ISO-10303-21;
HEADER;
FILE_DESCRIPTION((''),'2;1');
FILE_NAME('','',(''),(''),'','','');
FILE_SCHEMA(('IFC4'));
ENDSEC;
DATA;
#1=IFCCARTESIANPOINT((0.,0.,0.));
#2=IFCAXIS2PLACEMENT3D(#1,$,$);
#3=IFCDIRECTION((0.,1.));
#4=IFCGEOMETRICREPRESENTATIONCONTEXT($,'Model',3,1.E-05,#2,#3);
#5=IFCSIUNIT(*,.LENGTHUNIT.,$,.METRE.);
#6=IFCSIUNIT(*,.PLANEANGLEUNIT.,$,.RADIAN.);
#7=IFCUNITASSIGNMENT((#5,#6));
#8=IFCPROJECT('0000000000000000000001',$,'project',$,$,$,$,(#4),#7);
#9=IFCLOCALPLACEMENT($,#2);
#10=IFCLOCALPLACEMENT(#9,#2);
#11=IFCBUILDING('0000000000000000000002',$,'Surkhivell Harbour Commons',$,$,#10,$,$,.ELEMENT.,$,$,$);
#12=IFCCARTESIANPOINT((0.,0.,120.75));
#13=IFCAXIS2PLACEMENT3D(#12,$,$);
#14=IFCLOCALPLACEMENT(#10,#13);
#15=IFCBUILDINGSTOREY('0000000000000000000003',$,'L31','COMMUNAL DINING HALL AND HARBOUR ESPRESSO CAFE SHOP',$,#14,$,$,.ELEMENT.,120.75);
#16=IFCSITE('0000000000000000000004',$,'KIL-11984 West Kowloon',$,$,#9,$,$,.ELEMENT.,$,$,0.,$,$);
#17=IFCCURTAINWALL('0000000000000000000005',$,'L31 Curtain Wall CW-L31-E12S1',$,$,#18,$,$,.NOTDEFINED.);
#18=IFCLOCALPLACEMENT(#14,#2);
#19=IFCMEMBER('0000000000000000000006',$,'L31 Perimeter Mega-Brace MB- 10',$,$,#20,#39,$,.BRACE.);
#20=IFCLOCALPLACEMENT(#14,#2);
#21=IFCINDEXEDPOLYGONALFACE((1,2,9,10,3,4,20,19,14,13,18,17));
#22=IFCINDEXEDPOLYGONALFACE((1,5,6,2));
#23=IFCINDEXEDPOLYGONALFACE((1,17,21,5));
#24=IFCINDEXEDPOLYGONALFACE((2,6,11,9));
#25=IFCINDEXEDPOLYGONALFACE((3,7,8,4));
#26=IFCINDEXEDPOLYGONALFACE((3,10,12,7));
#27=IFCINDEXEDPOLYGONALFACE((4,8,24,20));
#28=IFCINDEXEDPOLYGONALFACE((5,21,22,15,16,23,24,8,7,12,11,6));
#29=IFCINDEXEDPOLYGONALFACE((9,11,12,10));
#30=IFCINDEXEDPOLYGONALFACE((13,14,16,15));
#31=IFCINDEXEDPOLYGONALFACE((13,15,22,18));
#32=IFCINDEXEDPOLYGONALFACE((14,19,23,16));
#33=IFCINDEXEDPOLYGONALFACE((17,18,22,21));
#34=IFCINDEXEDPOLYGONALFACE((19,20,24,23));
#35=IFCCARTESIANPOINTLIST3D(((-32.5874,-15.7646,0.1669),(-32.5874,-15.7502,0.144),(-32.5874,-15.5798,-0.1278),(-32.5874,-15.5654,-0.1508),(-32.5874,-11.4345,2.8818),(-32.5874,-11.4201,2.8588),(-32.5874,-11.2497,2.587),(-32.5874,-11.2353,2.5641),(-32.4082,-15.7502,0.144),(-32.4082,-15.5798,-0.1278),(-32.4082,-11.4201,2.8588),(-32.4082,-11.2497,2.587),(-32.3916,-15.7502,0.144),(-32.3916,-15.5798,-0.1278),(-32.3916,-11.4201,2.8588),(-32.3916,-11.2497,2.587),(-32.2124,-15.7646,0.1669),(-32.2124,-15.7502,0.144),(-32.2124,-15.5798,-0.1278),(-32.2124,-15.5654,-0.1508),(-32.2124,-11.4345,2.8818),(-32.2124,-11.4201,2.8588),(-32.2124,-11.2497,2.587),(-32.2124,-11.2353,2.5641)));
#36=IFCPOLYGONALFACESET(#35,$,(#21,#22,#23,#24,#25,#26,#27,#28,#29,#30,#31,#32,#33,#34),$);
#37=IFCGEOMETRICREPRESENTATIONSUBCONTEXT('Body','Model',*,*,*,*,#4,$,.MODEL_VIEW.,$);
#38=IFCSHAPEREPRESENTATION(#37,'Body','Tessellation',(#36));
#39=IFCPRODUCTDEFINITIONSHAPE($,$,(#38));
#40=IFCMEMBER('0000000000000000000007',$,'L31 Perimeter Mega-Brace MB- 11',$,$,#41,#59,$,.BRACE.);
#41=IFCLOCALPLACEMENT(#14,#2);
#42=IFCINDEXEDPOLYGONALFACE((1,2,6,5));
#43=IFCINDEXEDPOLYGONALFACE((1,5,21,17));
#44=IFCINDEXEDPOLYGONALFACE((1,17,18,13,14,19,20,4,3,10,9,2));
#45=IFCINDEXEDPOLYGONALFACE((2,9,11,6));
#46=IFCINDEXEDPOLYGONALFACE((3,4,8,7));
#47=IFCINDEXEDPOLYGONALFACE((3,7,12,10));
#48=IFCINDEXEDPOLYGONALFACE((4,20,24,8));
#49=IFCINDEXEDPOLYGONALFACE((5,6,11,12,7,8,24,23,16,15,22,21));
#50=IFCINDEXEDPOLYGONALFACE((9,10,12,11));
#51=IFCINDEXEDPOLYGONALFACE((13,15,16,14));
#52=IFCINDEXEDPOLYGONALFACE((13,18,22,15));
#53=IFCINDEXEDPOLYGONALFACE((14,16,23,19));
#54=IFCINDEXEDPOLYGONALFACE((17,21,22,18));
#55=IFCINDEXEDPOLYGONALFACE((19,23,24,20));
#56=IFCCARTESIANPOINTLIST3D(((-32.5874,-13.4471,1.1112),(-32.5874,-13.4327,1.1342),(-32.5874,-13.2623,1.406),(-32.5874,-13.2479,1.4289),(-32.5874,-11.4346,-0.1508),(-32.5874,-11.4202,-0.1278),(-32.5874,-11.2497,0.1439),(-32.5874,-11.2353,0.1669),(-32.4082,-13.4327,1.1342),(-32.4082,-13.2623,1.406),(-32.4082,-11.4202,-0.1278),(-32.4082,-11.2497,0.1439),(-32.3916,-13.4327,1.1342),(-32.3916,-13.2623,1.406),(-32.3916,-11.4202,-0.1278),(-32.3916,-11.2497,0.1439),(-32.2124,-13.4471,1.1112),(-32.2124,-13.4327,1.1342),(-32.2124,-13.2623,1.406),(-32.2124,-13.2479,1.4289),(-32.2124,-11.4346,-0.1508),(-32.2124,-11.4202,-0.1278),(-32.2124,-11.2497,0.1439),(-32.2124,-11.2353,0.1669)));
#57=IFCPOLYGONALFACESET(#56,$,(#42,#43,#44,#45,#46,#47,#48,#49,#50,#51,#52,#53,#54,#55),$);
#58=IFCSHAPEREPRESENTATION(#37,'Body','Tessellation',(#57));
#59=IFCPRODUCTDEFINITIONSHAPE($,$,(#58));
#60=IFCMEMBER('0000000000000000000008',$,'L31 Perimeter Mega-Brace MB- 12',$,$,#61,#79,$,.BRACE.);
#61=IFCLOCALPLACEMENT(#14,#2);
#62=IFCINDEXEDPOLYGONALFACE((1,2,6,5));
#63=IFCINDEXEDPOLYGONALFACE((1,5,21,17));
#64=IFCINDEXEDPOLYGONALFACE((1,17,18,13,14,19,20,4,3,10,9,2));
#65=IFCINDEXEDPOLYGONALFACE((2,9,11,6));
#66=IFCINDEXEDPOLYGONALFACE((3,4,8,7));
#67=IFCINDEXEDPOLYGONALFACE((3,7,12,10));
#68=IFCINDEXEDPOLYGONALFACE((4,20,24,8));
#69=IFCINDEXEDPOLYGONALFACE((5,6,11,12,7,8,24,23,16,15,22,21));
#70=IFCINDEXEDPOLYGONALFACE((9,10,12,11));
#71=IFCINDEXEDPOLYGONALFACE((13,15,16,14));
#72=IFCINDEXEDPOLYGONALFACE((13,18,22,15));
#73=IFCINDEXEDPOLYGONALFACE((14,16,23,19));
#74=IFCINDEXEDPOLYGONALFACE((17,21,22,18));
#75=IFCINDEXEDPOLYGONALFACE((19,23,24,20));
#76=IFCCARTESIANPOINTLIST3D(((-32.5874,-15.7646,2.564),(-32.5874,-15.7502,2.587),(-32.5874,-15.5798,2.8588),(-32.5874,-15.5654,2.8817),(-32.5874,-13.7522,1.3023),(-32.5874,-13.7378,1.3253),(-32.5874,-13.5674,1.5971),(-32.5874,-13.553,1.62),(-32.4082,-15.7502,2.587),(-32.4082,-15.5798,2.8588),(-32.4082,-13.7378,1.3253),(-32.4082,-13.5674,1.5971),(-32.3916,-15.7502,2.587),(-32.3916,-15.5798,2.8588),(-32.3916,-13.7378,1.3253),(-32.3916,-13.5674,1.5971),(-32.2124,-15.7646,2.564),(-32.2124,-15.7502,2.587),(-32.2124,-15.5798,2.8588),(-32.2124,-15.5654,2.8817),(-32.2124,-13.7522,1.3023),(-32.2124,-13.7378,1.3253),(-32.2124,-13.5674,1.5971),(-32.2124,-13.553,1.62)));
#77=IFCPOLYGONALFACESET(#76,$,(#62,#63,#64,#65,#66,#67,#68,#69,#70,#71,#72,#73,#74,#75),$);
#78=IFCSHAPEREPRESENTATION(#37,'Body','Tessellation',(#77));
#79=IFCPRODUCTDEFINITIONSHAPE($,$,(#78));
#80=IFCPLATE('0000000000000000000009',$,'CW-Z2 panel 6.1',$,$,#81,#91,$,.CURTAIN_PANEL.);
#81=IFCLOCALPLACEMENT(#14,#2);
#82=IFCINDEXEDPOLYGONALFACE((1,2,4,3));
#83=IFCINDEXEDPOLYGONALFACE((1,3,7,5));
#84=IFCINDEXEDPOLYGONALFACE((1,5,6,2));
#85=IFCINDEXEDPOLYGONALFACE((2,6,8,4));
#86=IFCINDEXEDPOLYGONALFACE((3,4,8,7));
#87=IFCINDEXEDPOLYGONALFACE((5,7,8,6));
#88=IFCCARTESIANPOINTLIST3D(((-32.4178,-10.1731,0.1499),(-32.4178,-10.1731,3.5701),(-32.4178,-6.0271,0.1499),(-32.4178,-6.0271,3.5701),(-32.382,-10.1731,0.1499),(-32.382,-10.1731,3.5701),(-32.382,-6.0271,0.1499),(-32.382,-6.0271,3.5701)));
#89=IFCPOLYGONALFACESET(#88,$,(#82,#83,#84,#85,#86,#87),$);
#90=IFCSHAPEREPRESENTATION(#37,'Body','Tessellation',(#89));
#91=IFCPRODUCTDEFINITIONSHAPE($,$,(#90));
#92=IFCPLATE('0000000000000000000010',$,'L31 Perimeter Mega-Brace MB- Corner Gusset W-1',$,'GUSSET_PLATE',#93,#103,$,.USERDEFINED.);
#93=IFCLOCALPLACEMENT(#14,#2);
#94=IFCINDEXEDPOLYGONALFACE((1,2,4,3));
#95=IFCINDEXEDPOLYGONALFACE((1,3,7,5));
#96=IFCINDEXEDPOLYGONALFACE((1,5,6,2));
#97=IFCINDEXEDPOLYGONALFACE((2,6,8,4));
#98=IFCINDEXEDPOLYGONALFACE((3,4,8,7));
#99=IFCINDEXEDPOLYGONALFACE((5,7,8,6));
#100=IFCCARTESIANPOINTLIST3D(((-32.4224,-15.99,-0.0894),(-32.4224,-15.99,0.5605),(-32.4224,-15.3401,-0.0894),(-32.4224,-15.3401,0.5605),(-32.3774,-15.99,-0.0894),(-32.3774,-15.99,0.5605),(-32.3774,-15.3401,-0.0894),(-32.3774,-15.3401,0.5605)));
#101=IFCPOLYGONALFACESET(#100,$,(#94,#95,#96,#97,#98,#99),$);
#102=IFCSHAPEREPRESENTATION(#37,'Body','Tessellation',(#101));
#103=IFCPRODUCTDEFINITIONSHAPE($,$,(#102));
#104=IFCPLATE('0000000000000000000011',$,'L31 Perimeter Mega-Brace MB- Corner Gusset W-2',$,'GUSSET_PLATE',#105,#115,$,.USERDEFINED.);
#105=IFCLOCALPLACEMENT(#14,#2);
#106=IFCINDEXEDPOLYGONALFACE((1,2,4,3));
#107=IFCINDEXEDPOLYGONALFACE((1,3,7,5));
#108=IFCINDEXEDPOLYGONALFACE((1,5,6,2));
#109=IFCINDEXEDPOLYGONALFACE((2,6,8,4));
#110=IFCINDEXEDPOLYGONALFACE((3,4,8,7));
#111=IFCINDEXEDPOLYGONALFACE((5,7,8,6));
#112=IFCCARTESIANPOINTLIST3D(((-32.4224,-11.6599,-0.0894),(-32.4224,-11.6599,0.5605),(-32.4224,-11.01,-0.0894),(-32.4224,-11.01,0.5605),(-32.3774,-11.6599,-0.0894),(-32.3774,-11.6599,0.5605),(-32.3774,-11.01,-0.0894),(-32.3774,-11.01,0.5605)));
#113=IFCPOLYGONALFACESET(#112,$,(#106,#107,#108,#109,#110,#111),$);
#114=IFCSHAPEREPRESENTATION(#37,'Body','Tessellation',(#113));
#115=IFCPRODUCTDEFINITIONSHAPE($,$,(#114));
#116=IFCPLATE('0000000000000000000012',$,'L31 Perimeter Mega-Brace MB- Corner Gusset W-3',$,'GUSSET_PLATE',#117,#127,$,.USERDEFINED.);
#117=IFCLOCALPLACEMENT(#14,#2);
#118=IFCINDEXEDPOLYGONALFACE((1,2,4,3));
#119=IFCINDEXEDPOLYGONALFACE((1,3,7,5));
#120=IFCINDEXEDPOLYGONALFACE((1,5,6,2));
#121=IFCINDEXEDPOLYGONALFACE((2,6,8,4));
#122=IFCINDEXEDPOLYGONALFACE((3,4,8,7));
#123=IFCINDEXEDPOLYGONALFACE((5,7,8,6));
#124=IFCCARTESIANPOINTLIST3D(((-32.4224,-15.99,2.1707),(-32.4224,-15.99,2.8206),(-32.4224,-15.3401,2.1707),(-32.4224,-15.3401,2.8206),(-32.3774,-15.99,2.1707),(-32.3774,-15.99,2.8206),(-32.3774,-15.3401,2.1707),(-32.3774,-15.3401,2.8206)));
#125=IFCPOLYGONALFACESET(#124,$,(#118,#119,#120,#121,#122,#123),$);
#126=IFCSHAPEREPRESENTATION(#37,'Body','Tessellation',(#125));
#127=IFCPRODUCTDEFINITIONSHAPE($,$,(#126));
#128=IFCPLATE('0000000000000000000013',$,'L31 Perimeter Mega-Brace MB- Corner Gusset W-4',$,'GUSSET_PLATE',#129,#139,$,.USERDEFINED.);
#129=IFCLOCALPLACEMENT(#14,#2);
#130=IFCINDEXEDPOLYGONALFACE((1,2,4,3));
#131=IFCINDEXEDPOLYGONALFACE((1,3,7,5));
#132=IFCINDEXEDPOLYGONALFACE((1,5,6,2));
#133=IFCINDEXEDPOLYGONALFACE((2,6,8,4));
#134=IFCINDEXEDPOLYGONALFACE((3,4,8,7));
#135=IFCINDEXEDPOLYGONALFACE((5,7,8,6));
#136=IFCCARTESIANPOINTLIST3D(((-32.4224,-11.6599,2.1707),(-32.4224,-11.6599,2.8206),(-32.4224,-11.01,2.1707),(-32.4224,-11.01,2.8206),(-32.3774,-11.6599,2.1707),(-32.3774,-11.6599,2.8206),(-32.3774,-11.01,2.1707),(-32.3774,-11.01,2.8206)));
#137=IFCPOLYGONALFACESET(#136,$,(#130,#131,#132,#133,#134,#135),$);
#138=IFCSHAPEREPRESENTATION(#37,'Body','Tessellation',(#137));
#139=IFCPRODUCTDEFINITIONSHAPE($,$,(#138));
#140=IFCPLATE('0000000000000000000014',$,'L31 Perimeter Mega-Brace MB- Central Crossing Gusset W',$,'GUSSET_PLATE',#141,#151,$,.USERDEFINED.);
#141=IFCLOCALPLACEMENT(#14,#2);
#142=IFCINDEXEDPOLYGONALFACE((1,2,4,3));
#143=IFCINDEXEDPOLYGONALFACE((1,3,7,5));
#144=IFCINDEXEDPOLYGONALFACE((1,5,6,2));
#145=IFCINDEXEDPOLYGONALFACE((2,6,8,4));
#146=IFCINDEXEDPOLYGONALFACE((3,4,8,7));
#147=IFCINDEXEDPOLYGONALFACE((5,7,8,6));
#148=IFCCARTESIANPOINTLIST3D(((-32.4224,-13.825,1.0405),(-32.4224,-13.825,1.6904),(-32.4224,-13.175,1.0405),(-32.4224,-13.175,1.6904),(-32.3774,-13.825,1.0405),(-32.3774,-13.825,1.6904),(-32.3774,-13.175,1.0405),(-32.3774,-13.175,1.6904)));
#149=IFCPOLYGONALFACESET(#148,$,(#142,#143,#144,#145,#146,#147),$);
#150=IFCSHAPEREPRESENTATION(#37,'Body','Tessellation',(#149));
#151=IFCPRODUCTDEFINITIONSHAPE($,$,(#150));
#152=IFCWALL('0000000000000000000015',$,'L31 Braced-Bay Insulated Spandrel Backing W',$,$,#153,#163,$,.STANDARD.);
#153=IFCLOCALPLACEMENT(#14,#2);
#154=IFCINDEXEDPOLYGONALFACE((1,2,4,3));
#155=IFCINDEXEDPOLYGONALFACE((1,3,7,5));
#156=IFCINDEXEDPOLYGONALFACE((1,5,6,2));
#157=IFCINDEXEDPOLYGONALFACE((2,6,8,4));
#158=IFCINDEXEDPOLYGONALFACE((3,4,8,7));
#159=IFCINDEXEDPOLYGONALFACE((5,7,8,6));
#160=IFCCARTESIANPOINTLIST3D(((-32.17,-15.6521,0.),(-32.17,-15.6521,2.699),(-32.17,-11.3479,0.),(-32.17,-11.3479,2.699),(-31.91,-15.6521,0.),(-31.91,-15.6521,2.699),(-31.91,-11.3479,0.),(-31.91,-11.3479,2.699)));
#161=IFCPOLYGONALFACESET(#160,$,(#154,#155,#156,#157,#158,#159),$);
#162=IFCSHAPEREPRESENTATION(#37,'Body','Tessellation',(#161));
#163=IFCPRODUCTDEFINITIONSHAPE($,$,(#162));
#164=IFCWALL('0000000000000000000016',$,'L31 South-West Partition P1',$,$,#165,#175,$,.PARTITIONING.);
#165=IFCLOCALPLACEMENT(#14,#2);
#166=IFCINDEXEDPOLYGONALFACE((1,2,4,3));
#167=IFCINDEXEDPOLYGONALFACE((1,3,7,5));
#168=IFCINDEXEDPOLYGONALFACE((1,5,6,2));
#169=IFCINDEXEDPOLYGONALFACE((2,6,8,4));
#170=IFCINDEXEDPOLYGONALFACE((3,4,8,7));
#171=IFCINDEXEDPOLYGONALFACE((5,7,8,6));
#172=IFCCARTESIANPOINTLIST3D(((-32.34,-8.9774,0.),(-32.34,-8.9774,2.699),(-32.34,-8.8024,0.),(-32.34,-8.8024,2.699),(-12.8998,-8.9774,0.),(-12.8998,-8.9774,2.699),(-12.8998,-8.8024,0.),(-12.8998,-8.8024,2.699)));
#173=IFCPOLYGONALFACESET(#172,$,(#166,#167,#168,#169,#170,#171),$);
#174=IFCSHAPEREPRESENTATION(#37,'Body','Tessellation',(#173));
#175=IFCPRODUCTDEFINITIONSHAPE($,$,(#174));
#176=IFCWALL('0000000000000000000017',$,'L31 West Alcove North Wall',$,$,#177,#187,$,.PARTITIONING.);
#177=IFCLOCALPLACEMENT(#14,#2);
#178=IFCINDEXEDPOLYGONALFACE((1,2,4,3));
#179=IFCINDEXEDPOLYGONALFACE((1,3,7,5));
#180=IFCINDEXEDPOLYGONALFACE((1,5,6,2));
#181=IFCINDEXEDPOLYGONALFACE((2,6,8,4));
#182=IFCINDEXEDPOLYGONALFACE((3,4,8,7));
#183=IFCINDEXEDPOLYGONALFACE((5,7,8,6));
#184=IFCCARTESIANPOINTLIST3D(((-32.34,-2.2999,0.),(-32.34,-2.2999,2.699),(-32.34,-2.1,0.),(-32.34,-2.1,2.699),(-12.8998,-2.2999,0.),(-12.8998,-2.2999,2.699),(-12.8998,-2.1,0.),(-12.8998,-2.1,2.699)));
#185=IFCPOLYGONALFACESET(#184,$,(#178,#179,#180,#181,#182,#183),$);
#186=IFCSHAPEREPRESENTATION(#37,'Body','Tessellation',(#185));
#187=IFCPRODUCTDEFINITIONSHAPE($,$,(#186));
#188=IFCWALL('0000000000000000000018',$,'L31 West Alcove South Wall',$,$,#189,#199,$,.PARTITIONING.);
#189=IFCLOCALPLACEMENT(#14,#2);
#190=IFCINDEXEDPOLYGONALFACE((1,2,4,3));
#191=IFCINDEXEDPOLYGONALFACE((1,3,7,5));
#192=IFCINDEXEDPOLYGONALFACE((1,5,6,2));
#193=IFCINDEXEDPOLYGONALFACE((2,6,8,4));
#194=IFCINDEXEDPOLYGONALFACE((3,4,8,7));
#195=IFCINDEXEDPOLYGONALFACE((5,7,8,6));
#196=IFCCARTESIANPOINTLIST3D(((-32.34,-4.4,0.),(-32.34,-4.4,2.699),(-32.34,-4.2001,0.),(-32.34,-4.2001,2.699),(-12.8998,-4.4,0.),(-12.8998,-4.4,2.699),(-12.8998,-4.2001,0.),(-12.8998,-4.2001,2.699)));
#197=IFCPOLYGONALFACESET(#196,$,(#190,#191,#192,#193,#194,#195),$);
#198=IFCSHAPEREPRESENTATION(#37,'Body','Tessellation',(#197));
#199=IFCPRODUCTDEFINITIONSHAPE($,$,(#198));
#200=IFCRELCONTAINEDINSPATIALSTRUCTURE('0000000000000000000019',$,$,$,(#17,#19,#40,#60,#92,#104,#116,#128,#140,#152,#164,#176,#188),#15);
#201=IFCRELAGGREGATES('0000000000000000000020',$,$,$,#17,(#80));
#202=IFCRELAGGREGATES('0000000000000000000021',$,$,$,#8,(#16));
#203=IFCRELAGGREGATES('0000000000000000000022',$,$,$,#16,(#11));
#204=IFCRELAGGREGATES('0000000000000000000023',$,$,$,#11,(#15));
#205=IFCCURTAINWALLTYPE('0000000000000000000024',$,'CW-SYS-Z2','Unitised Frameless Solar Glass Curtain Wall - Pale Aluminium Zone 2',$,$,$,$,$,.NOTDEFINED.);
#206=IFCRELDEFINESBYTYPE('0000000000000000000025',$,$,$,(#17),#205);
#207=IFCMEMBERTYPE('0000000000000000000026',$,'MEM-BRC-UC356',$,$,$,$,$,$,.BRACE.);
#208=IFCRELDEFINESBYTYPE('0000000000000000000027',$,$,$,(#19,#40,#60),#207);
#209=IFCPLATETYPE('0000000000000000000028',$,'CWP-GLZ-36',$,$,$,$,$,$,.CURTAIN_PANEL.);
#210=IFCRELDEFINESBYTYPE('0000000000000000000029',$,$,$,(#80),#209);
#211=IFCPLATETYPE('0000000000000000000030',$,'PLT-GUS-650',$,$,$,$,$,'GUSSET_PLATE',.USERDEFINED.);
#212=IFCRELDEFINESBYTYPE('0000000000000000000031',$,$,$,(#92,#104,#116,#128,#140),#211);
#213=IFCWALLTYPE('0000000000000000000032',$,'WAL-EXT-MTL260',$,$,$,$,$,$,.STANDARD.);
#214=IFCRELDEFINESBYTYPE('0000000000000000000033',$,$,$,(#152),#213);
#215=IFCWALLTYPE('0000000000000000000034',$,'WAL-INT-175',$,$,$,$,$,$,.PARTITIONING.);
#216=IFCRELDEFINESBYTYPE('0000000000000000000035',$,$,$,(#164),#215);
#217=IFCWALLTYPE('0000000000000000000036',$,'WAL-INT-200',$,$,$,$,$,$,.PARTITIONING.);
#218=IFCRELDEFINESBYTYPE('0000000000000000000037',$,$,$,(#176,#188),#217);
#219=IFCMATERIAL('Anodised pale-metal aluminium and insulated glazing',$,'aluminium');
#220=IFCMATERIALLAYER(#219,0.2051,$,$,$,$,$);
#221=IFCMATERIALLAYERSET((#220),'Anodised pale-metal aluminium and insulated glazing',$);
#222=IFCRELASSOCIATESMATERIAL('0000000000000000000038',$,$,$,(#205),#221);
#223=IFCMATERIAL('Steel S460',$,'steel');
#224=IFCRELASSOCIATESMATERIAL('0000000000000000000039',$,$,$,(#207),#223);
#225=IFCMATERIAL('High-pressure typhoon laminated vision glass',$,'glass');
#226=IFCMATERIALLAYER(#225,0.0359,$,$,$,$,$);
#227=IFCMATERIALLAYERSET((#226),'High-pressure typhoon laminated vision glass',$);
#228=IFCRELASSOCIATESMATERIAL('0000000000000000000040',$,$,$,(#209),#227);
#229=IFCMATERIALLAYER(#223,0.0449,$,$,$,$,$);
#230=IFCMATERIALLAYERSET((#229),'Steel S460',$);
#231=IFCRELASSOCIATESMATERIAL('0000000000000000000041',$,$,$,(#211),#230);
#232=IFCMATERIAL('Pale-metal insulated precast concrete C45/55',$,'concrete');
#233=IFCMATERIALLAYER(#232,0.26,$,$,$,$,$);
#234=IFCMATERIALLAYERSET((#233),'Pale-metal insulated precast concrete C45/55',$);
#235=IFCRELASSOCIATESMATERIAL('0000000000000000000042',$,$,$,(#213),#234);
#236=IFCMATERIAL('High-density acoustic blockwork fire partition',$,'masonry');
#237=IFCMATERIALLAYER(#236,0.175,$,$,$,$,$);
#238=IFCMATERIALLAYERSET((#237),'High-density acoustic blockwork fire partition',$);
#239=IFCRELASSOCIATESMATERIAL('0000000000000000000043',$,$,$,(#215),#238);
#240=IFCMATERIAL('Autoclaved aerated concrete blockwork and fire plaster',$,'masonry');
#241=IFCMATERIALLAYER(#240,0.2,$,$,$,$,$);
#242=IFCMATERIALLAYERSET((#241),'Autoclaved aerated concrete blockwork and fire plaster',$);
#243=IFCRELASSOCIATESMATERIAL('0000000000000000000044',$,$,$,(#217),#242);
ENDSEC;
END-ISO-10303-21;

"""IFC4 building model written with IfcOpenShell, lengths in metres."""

from ifc_helpers import new_model, si_unit, direction, frame, frame_2d, origin, origin_2d, place, context, subcontext, project, spatial, rectangle, i_section, extrude, material, layer, layer_set, material_profile, profile_set, type_object, element, aggregate, save


model = new_model("IFC4")

# Units and contexts
model_context = context("Model", 3, precision=1e-05, world=origin(), true_north=direction((0.0, 1.0)))
body_context = subcontext(model_context, "Body", "Model", "MODEL_VIEW")
ifc_project = project(units=[si_unit("LENGTHUNIT", "METRE"), si_unit("PLANEANGLEUNIT", "RADIAN")], contexts=[model_context])

# Site, building, storey
site_placement = place(None, origin())
site = spatial("IfcSite", under=ifc_project, at=site_placement, Name="KIL-11984 West Kowloon", CompositionType="ELEMENT", RefElevation=0.0)
building_placement = place(site_placement, origin())
building = spatial("IfcBuilding", under=site, at=building_placement, Name="Surkhivell Harbour Commons", CompositionType="ELEMENT")
storey_placement = place(building_placement, frame((0.0, 0.0, 120.75)))
storey = spatial("IfcBuildingStorey", under=building, at=storey_placement, Name="L31", Description="COMMUNAL DINING HALL AND HARBOUR ESPRESSO CAFE SHOP", CompositionType="ELEMENT", Elevation=120.75)

# Shared definitions
ifc_material_1 = material(Name="Steel S460", Category="steel")

# Curtain wall
ifc_material_2 = material(Name="Anodised pale-metal aluminium and insulated glazing", Category="aluminium")
ifc_layer_1 = layer(ifc_material_2, 0.2051)
ifc_layer_set_1 = layer_set([ifc_layer_1], Name="Anodised pale-metal aluminium and insulated glazing")
curtain_wall_type = type_object("IfcCurtainWallType", Name="CW-SYS-Z2", Description="Unitised Frameless Solar Glass Curtain Wall - Pale Aluminium Zone 2", PredefinedType="NOTDEFINED", material=ifc_layer_set_1)
curtain_wall_placement = place(storey_placement, origin())
curtain_wall = element("IfcCurtainWall", 1, at=curtain_wall_placement, inside=storey, type_object=curtain_wall_type, Name="L31 Curtain Wall CW-L31-E12S1", PredefinedType="NOTDEFINED")

# Members
ifc_material_profile_1 = material_profile(ifc_material_1, i_section(OverallWidth=0.375, OverallDepth=0.375, WebThickness=0.0166, FlangeThickness=0.0271, at=origin_2d()), Name="UC356x368x202")
ifc_profile_set_1 = profile_set([ifc_material_profile_1], Name="Steel S460")
member_type_1 = type_object("IfcMemberType", Name="MEM-BRC-UC356", PredefinedType="BRACE", material=ifc_profile_set_1)
member_1_placement = place(storey_placement, frame((-32.3999, -15.665, 0.0081), z_axis=(0.0, 0.847246, 0.531201), x_axis=(-1.0, 0.0, 0.0)))
element("IfcMember", 2, at=member_1_placement, inside=storey, type_object=member_type_1, Name="L31 Perimeter Mega-Brace MB- 10", PredefinedType="BRACE", context=body_context, shape_type="SweptSolid", body=[
    extrude(i_section(OverallWidth=0.375, OverallDepth=0.375, WebThickness=0.0166, FlangeThickness=0.0271, at=origin_2d()), origin(), (0.0, 0.0, 1.0), 5.1108),
])
member_2_placement = place(storey_placement, frame((-32.3999, -11.335, 0.0081), z_axis=(0.0, -0.847206, 0.531264), x_axis=(1.0, 0.0, 0.0)))
element("IfcMember", 3, at=member_2_placement, inside=storey, type_object=member_type_1, Name="L31 Perimeter Mega-Brace MB- 11", PredefinedType="BRACE", context=body_context, shape_type="SweptSolid", body=[
    extrude(i_section(OverallWidth=0.375, OverallDepth=0.375, WebThickness=0.0166, FlangeThickness=0.0271, at=origin_2d()), origin(), (0.0, 0.0, 1.0), 2.3755),
])
member_3_placement = place(storey_placement, frame((-32.3999, -13.6526, 1.4612), z_axis=(0.0, -0.847253, 0.53119), x_axis=(1.0, 0.0, 0.0)))
element("IfcMember", 4, at=member_3_placement, inside=storey, type_object=member_type_1, Name="L31 Perimeter Mega-Brace MB- 12", PredefinedType="BRACE", context=body_context, shape_type="SweptSolid", body=[
    extrude(i_section(OverallWidth=0.375, OverallDepth=0.375, WebThickness=0.0166, FlangeThickness=0.0271, at=origin_2d()), origin(), (0.0, 0.0, 1.0), 2.3752),
])

# Plate
ifc_material_3 = material(Name="High-pressure typhoon laminated vision glass", Category="glass")
ifc_layer_2 = layer(ifc_material_3, 0.0359)
ifc_layer_set_2 = layer_set([ifc_layer_2], Name="High-pressure typhoon laminated vision glass")
plate_type_1 = type_object("IfcPlateType", Name="CWP-GLZ-36", PredefinedType="CURTAIN_PANEL", material=ifc_layer_set_2)
plate_placement = place(storey_placement, frame((-32.3999, -6.0271, 0.1499), z_axis=(0.0, 0.0, 1.0), x_axis=(0.0, -1.0, 0.0)))
plate = element("IfcPlate", 5, at=plate_placement, type_object=plate_type_1, Name="CW-Z2 panel 6.1", PredefinedType="CURTAIN_PANEL", context=body_context, shape_type="SweptSolid", body=[
    extrude(rectangle(XDim=4.146, YDim=0.0359, at=frame_2d((2.073, 0.0))), origin(), (0.0, 0.0, 1.0), 3.4202),
])
aggregate(curtain_wall, [plate])

# Plates
ifc_layer_3 = layer(ifc_material_1, 0.0449)
ifc_layer_set_3 = layer_set([ifc_layer_3], Name="Steel S460")
plate_type_2 = type_object("IfcPlateType", Name="PLT-GUS-650", ElementType="GUSSET_PLATE", PredefinedType="USERDEFINED", material=ifc_layer_set_3)
for number, where, z_axis, x_axis, name in (
    (6, (-32.3999, -15.665, -0.0894), (0.0, 0.0, 1.0), (0.0, 1.0, 0.0), "L31 Perimeter Mega-Brace MB- Corner Gusset W-1"),
    (7, (-32.3999, -11.335, -0.0894), (0.0, 0.0, 1.0), (0.0, 1.0, 0.0), "L31 Perimeter Mega-Brace MB- Corner Gusset W-2"),
    (8, (-32.3999, -15.665, 2.1707), (0.0, 0.0, 1.0), (0.0, 1.0, 0.0), "L31 Perimeter Mega-Brace MB- Corner Gusset W-3"),
    (9, (-32.3999, -11.335, 2.1707), (0.0, 0.0, 1.0), (0.0, 1.0, 0.0), "L31 Perimeter Mega-Brace MB- Corner Gusset W-4"),
    (10, (-32.3999, -13.5, 1.0405), (0.0, 0.0, 1.0), (0.0, 1.0, 0.0), "L31 Perimeter Mega-Brace MB- Central Crossing Gusset W"),
):
    element("IfcPlate", number, at=place(storey_placement, frame(where, z_axis=z_axis, x_axis=x_axis)), inside=storey, type_object=plate_type_2, Name=name, ObjectType="GUSSET_PLATE", PredefinedType="USERDEFINED", context=body_context, shape_type="SweptSolid", body=[
        extrude(rectangle(XDim=0.6499, YDim=0.0449, at=origin_2d()), origin(), (0.0, 0.0, 1.0), 0.6499),
    ])

# Walls
ifc_material_4 = material(Name="Pale-metal insulated precast concrete C45/55", Category="concrete")
ifc_layer_4 = layer(ifc_material_4, 0.26)
ifc_layer_set_4 = layer_set([ifc_layer_4], Name="Pale-metal insulated precast concrete C45/55")
wall_type_1 = type_object("IfcWallType", Name="WAL-EXT-MTL260", PredefinedType="STANDARD", material=ifc_layer_set_4)
wall_1_placement = place(storey_placement, frame((-32.04, -11.3479, 0.0), z_axis=(0.0, 0.0, 1.0), x_axis=(0.0, -1.0, 0.0)))
element("IfcWall", 11, at=wall_1_placement, inside=storey, type_object=wall_type_1, Name="L31 Braced-Bay Insulated Spandrel Backing W", PredefinedType="STANDARD", context=body_context, shape_type="SweptSolid", body=[
    extrude(rectangle(XDim=4.3042, YDim=0.26, at=frame_2d((2.1521, 0.0))), origin(), (0.0, 0.0, 1.0), 2.699),
])
ifc_material_5 = material(Name="High-density acoustic blockwork fire partition", Category="masonry")
ifc_layer_5 = layer(ifc_material_5, 0.175)
ifc_layer_set_5 = layer_set([ifc_layer_5], Name="High-density acoustic blockwork fire partition")
wall_type_2 = type_object("IfcWallType", Name="WAL-INT-175", PredefinedType="PARTITIONING", material=ifc_layer_set_5)
wall_2_placement = place(storey_placement, frame((-32.3401, -8.8899, 0.0), z_axis=(0.0, 0.0, 1.0), x_axis=(1.0, 0.0, 0.0)))
element("IfcWall", 12, at=wall_2_placement, inside=storey, type_object=wall_type_2, Name="L31 South-West Partition P1", PredefinedType="PARTITIONING", context=body_context, shape_type="SweptSolid", body=[
    extrude(rectangle(XDim=19.4402, YDim=0.175, at=frame_2d((9.7202, 0.0))), origin(), (0.0, 0.0, 1.0), 2.699),
])
ifc_material_6 = material(Name="Autoclaved aerated concrete blockwork and fire plaster", Category="masonry")
ifc_layer_6 = layer(ifc_material_6, 0.2)
ifc_layer_set_6 = layer_set([ifc_layer_6], Name="Autoclaved aerated concrete blockwork and fire plaster")
wall_type_3 = type_object("IfcWallType", Name="WAL-INT-200", PredefinedType="PARTITIONING", material=ifc_layer_set_6)
for number, where, z_axis, x_axis, name in (
    (13, (-32.3401, -2.2, 0.0), (0.0, 0.0, 1.0), (1.0, 0.0, 0.0), "L31 West Alcove North Wall"),
    (14, (-32.3401, -4.3, 0.0), (0.0, 0.0, 1.0), (1.0, 0.0, 0.0), "L31 West Alcove South Wall"),
):
    element("IfcWall", number, at=place(storey_placement, frame(where, z_axis=z_axis, x_axis=x_axis)), inside=storey, type_object=wall_type_3, Name=name, PredefinedType="PARTITIONING", context=body_context, shape_type="SweptSolid", body=[
        extrude(rectangle(XDim=19.4402, YDim=0.2, at=frame_2d((9.7202, 0.0))), origin(), (0.0, 0.0, 1.0), 2.699),
    ])

save(model, "model.ifc")
